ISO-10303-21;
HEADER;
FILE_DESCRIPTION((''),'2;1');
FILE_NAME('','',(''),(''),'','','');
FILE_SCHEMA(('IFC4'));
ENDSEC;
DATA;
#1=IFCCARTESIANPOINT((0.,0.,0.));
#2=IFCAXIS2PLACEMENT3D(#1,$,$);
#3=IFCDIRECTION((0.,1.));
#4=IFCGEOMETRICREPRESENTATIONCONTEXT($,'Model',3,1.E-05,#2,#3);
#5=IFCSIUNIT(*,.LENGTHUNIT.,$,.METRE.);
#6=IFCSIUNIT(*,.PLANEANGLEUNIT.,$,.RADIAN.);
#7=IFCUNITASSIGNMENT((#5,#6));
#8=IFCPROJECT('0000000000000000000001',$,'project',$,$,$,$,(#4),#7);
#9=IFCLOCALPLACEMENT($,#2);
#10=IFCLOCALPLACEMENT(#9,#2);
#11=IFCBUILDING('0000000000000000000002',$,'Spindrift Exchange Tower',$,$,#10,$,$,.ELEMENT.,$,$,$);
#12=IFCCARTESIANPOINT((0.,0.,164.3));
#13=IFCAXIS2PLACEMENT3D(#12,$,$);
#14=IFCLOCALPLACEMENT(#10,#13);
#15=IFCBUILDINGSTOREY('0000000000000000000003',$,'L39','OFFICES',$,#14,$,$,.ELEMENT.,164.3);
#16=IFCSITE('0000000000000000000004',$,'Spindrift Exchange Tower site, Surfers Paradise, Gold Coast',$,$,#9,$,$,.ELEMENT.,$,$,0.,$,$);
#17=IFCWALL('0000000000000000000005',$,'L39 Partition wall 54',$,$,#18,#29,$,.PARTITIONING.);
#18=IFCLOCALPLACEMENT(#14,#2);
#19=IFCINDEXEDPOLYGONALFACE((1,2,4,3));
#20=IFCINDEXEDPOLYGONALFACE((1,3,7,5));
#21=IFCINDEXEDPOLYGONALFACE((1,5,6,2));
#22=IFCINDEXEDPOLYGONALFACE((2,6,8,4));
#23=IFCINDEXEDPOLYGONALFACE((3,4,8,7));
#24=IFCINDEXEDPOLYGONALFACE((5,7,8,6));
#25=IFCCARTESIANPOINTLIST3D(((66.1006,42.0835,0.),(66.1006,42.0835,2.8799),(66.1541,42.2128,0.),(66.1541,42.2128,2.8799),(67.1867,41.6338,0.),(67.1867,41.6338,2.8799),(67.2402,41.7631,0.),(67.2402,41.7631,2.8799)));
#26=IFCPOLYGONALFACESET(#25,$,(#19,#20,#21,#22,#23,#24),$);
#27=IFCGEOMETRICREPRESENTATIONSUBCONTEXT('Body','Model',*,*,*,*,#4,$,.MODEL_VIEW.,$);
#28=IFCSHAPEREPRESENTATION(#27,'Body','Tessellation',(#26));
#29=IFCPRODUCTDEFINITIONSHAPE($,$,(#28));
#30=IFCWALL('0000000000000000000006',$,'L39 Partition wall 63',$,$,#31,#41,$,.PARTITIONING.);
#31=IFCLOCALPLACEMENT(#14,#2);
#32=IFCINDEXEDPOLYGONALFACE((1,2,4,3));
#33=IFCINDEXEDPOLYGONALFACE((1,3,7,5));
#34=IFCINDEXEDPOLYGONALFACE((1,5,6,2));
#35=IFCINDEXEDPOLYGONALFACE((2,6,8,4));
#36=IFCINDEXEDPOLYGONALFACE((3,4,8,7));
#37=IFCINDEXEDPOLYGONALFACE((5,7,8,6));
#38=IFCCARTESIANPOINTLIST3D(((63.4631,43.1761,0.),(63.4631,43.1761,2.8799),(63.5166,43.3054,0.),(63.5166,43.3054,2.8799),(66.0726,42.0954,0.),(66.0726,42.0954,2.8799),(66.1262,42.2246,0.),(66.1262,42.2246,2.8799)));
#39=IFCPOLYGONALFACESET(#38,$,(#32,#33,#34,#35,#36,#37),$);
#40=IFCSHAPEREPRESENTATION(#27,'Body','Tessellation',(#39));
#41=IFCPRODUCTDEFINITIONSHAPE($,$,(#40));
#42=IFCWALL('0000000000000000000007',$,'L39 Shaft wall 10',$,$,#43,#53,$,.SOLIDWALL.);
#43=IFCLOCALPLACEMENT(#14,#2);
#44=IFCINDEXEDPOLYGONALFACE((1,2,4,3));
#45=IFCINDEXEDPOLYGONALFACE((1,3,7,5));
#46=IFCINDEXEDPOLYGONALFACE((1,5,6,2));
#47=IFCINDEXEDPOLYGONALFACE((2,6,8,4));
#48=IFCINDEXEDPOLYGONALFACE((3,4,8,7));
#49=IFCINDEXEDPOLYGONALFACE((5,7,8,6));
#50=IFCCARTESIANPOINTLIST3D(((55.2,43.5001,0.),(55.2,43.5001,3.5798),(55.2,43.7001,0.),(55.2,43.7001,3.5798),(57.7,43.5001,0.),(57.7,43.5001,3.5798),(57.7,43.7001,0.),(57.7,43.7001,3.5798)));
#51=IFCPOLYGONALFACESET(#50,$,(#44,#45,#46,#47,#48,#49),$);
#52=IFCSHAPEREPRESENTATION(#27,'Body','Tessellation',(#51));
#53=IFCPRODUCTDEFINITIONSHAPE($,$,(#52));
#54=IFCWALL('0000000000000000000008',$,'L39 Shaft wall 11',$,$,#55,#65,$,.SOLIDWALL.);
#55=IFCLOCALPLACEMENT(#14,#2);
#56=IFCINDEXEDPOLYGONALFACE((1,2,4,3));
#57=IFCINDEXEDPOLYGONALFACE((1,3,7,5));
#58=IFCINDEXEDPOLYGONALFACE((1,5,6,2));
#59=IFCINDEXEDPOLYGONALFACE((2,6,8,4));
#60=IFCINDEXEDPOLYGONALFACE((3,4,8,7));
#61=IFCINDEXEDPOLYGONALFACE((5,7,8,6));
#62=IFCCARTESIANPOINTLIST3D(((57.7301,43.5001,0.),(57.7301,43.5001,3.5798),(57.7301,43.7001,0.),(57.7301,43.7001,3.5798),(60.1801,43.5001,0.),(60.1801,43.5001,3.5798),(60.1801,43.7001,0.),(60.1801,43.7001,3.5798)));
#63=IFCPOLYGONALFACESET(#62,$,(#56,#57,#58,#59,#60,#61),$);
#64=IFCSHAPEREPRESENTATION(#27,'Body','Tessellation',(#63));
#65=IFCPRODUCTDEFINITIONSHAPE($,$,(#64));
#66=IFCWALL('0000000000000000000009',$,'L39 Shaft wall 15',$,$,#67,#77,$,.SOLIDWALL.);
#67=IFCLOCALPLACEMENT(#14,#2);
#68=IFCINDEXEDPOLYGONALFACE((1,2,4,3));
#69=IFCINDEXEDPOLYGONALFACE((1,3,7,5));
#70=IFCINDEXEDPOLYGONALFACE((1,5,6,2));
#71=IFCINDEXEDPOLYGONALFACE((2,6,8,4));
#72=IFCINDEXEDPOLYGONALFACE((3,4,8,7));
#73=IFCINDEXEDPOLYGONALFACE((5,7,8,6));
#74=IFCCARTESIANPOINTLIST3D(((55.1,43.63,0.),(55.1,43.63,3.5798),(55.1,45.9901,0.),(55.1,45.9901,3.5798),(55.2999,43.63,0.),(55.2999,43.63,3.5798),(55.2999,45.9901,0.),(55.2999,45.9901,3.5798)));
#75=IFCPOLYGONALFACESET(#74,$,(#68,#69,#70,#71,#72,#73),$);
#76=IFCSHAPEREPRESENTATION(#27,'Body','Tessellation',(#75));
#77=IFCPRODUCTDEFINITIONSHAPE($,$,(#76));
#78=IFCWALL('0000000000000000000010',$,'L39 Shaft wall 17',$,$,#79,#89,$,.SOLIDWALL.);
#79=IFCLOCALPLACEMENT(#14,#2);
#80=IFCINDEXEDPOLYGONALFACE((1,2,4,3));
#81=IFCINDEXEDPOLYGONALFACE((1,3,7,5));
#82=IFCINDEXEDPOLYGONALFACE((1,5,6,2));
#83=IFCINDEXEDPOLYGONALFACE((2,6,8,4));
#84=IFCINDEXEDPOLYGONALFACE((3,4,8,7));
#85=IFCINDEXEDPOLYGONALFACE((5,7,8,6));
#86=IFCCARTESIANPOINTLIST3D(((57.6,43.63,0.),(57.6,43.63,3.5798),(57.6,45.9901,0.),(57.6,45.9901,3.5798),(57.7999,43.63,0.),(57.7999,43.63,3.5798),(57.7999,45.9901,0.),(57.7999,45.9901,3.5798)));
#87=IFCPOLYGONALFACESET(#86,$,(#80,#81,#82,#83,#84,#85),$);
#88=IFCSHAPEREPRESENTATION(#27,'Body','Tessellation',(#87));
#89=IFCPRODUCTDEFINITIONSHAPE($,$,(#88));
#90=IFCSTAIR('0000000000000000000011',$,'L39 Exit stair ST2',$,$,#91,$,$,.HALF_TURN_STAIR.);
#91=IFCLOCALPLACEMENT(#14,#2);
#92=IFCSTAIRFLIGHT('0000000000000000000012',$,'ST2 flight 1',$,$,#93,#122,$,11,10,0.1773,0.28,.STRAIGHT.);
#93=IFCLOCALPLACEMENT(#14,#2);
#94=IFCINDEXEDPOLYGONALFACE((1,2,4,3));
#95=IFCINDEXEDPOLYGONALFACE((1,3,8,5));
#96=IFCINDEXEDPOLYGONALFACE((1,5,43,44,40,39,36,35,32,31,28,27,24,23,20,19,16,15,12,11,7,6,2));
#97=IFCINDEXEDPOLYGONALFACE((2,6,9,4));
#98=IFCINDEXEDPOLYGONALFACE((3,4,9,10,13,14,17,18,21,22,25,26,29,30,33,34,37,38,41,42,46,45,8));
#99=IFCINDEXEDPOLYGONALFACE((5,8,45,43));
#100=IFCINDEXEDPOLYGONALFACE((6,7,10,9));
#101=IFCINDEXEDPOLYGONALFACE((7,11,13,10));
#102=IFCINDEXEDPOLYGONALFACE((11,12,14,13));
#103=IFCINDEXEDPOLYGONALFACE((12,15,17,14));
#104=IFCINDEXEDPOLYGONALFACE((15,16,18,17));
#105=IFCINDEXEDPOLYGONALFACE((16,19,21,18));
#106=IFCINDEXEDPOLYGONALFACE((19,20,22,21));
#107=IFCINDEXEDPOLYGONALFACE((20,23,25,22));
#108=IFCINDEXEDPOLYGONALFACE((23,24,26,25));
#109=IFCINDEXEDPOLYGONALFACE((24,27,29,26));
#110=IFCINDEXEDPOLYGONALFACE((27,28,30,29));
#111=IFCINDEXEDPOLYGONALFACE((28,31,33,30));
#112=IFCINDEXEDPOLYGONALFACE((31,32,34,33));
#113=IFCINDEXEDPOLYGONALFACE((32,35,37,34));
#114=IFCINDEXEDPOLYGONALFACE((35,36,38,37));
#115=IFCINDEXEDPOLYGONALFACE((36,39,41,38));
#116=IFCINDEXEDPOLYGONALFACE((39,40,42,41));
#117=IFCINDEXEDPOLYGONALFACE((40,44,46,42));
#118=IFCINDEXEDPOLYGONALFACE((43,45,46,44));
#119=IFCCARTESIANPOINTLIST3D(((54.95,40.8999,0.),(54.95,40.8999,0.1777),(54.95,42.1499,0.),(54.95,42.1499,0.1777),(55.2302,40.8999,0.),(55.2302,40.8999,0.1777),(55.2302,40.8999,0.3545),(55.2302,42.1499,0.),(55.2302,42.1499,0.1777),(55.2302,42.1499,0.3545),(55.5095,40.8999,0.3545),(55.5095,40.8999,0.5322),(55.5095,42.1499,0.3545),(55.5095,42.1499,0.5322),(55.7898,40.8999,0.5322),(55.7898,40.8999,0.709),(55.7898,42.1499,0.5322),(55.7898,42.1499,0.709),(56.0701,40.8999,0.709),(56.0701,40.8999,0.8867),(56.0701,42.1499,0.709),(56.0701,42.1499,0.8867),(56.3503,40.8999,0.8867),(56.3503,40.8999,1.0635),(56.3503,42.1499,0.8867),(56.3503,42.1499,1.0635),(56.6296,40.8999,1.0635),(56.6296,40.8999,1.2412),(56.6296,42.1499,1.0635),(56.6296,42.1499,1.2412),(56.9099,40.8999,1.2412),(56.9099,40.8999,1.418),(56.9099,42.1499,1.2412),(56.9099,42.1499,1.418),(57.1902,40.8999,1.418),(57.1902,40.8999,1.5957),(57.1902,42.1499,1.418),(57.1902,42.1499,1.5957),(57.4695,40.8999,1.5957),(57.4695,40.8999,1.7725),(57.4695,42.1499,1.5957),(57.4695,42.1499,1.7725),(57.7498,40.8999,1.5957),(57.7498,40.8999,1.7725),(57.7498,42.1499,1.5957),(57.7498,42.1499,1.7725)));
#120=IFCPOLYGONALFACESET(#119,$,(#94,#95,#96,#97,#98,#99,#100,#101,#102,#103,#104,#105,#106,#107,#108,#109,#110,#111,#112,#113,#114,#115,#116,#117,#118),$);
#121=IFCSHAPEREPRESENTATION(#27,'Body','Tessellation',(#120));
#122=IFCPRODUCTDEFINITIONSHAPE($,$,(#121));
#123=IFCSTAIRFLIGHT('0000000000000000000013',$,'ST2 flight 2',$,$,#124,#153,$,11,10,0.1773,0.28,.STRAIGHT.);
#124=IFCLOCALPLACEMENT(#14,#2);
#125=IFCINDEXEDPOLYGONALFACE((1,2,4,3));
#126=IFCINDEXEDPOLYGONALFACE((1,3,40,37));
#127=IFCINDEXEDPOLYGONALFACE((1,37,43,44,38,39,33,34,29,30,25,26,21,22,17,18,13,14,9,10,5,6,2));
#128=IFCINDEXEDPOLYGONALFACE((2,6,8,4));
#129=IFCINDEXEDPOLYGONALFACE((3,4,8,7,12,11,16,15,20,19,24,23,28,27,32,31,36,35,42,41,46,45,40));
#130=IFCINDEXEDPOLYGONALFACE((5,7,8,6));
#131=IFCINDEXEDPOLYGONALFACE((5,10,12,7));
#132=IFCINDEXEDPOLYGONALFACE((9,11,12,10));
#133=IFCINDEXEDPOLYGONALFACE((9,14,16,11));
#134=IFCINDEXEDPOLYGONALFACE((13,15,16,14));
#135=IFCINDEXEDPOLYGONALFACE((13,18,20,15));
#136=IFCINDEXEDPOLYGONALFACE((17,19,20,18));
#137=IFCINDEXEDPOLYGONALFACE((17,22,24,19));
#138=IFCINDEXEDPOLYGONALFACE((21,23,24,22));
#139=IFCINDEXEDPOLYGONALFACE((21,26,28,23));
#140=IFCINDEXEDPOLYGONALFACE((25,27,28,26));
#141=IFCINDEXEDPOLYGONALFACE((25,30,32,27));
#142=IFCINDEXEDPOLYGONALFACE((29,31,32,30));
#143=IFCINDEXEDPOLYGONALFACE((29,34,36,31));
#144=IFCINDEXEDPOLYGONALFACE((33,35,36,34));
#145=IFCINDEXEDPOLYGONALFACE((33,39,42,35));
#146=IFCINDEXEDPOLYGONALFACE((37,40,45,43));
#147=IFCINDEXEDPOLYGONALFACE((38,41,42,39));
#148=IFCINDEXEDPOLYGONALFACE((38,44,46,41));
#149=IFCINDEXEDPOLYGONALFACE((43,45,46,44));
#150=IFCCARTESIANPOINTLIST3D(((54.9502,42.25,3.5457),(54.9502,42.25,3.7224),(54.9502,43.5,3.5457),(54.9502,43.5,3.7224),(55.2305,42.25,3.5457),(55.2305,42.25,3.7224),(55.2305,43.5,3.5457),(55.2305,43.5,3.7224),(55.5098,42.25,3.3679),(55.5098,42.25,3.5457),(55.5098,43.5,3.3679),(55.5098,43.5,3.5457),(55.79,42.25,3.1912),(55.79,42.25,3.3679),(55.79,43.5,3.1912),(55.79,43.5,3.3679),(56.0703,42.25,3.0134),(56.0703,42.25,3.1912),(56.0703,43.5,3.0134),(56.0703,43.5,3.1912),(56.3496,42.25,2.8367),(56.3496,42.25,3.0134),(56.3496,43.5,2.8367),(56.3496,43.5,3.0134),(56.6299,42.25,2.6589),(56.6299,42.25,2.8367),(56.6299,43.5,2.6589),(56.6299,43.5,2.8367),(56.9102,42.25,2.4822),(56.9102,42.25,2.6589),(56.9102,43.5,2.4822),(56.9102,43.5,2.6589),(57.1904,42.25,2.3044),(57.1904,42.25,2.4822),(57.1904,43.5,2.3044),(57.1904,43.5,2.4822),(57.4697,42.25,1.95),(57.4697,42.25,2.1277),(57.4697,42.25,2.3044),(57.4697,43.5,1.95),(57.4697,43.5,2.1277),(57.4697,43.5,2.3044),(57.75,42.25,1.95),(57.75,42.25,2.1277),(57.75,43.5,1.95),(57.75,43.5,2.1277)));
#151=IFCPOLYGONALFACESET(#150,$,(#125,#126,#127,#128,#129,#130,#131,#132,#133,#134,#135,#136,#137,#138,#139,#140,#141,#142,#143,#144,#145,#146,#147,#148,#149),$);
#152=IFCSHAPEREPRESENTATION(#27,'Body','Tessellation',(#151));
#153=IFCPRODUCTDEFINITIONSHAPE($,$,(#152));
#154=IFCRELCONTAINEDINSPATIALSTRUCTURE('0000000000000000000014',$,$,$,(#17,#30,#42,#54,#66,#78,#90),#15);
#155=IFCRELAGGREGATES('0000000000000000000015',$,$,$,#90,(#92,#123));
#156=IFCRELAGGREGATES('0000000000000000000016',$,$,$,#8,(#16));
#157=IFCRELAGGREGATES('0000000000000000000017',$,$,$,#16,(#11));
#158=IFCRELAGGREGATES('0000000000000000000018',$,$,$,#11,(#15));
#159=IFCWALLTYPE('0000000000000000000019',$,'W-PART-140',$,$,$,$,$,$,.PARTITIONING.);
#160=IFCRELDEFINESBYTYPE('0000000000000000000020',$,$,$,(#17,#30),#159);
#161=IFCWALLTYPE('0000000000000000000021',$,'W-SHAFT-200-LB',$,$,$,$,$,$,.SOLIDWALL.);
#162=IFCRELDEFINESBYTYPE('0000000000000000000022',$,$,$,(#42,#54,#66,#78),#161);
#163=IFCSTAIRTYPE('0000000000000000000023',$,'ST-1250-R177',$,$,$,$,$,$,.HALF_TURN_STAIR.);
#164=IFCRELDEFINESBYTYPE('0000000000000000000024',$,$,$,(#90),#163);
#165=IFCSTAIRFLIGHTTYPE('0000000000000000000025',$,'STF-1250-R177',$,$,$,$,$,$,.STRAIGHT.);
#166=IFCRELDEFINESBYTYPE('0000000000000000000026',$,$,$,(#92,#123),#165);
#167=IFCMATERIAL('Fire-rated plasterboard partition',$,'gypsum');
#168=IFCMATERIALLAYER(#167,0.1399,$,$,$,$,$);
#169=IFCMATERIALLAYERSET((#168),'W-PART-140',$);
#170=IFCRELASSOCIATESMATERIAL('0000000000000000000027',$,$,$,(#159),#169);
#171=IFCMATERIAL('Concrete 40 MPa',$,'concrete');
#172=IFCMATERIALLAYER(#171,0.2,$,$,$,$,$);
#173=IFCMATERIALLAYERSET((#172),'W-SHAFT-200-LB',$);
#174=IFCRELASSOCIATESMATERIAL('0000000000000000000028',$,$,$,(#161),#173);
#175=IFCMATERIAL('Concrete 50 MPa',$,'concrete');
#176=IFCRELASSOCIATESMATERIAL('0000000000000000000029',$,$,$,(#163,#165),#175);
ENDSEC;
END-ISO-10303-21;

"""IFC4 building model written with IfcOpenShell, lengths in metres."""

from ifc_helpers import new_model, si_unit, direction, frame, frame_2d, origin, place, context, subcontext, project, spatial, line, indexed_curve, rectangle, outline, extrude, material, layer, layer_set, type_object, element, aggregate, save


model = new_model("IFC4")

# Units and contexts
model_context = context("Model", 3, precision=1e-05, world=origin(), true_north=direction((0.0, 1.0)))
body_context = subcontext(model_context, "Body", "Model", "MODEL_VIEW")
ifc_project = project(units=[si_unit("LENGTHUNIT", "METRE"), si_unit("PLANEANGLEUNIT", "RADIAN")], contexts=[model_context])

# Site, building, storey
site_placement = place(None, origin())
site = spatial("IfcSite", under=ifc_project, at=site_placement, Name="Spindrift Exchange Tower site, Surfers Paradise, Gold Coast", CompositionType="ELEMENT", RefElevation=0.0)
building_placement = place(site_placement, origin())
building = spatial("IfcBuilding", under=site, at=building_placement, Name="Spindrift Exchange Tower", CompositionType="ELEMENT")
storey_placement = place(building_placement, frame((0.0, 0.0, 164.3)))
storey = spatial("IfcBuildingStorey", under=building, at=storey_placement, Name="L39", Description="OFFICES", CompositionType="ELEMENT", Elevation=164.3)

# Walls
ifc_material_1 = material(Name="Fire-rated plasterboard partition", Category="gypsum")
ifc_layer_1 = layer(ifc_material_1, 0.1399)
ifc_layer_set_1 = layer_set([ifc_layer_1], Name="W-PART-140")
wall_type_1 = type_object("IfcWallType", Name="W-PART-140", PredefinedType="PARTITIONING", material=ifc_layer_set_1)
wall_1_placement = place(storey_placement, frame((66.1272, 42.1482, 0.0), z_axis=(0.0, 0.0, 1.0), x_axis=(0.923941, -0.382535, 0.0)))
element("IfcWall", 1, at=wall_1_placement, inside=storey, type_object=wall_type_1, Name="L39 Partition wall 54", PredefinedType="PARTITIONING", context=body_context, shape_type="SweptSolid", body=[
    extrude(rectangle(XDim=1.1755, YDim=0.1399, at=frame_2d((0.5879, 0.0))), origin(), (0.0, 0.0, 1.0), 2.8799),
])
wall_2_placement = place(storey_placement, frame((63.49, 43.2407, 0.0), z_axis=(0.0, 0.0, 1.0), x_axis=(0.923896, -0.382644, 0.0)))
element("IfcWall", 2, at=wall_2_placement, inside=storey, type_object=wall_type_1, Name="L39 Partition wall 63", PredefinedType="PARTITIONING", context=body_context, shape_type="SweptSolid", body=[
    extrude(rectangle(XDim=2.8245, YDim=0.1399, at=frame_2d((1.4121, 0.0))), origin(), (0.0, 0.0, 1.0), 2.8799),
])
ifc_material_2 = material(Name="Concrete 40 MPa", Category="concrete")
ifc_layer_2 = layer(ifc_material_2, 0.2)
ifc_layer_set_2 = layer_set([ifc_layer_2], Name="W-SHAFT-200-LB")
wall_type_2 = type_object("IfcWallType", Name="W-SHAFT-200-LB", PredefinedType="SOLIDWALL", material=ifc_layer_set_2)
wall_3_placement = place(storey_placement, frame((55.2, 43.6001, 0.0), z_axis=(0.0, 0.0, 1.0), x_axis=(1.0, 0.0, 0.0)))
element("IfcWall", 3, at=wall_3_placement, inside=storey, type_object=wall_type_2, Name="L39 Shaft wall 10", PredefinedType="SOLIDWALL", context=body_context, shape_type="SweptSolid", body=[
    extrude(rectangle(XDim=2.5, YDim=0.2, at=frame_2d((1.25, 0.0))), origin(), (0.0, 0.0, 1.0), 3.5798),
])
wall_4_placement = place(storey_placement, frame((57.73, 43.6001, 0.0), z_axis=(0.0, 0.0, 1.0), x_axis=(1.0, 0.0, 0.0)))
element("IfcWall", 4, at=wall_4_placement, inside=storey, type_object=wall_type_2, Name="L39 Shaft wall 11", PredefinedType="SOLIDWALL", context=body_context, shape_type="SweptSolid", body=[
    extrude(rectangle(XDim=2.45, YDim=0.2, at=frame_2d((1.2251, 0.0))), origin(), (0.0, 0.0, 1.0), 3.5798),
])
for number, where, z_axis, x_axis, name in (
    (5, (55.2, 43.6299, 0.0), (0.0, 0.0, 1.0), (0.0, 1.0, 0.0), "L39 Shaft wall 15"),
    (6, (57.7, 43.6299, 0.0), (0.0, 0.0, 1.0), (0.0, 1.0, 0.0), "L39 Shaft wall 17"),
):
    element("IfcWall", number, at=place(storey_placement, frame(where, z_axis=z_axis, x_axis=x_axis)), inside=storey, type_object=wall_type_2, Name=name, PredefinedType="SOLIDWALL", context=body_context, shape_type="SweptSolid", body=[
        extrude(rectangle(XDim=2.3601, YDim=0.2, at=frame_2d((1.1802, 0.0))), origin(), (0.0, 0.0, 1.0), 3.5798),
    ])

# Stair, stair flights
ifc_material_3 = material(Name="Concrete 50 MPa", Category="concrete")
stair_type = type_object("IfcStairType", Name="ST-1250-R177", PredefinedType="HALF_TURN_STAIR", material=ifc_material_3)
stair_placement = place(storey_placement, origin())
stair = element("IfcStair", 7, at=stair_placement, inside=storey, type_object=stair_type, Name="L39 Exit stair ST2", PredefinedType="HALF_TURN_STAIR")
stair_flight_type = type_object("IfcStairFlightType", Name="STF-1250-R177", PredefinedType="STRAIGHT", material=ifc_material_3)
stair_flight_1_placement = place(storey_placement, frame((54.95, 41.5249, 0.0), z_axis=(0.0, 0.0, 1.0), x_axis=(1.0, 0.0, 0.0)))
stair_flight_1 = element("IfcStairFlight", 8, at=stair_flight_1_placement, type_object=stair_flight_type, Name="ST2 flight 1", NumberOfRisers=11, NumberOfTreads=10, PredefinedType="STRAIGHT", RiserHeight=0.1773, TreadLength=0.28, context=body_context, shape_type="SweptSolid", body=[
    extrude(outline(indexed_curve([(0.0, 0.0), (0.0, 0.1777), (0.2803, 0.1777), (0.2803, 0.3545), (0.5596, 0.3545), (0.5596, 0.5322), (0.8398, 0.5322), (0.8398, 0.709), (1.1201, 0.709), (1.1201, 0.8867), (1.4004, 0.8867), (1.4004, 1.0635), (1.6797, 1.0635), (1.6797, 1.2412), (1.96, 1.2412), (1.96, 1.418), (2.2402, 1.418), (2.2402, 1.5957), (2.5195, 1.5957), (2.5195, 1.7725), (2.7998, 1.7725), (2.7998, 1.9502), (2.7998, 1.5957), (0.2803, 0.0)], segments=[line(1, 2, 3, 4, 5, 6, 7, 8, 9, 10, 11, 12, 13, 14, 15, 16, 17, 18, 19, 20, 21, 22, 23, 24, 1)], self_intersect=False)), frame((0.0, 0.625, 0.0), z_axis=(0.0, -1.0, 0.0), x_axis=(1.0, 0.0, 0.0)), (0.0, 0.0, 1.0), 1.25),
])
stair_flight_2_placement = place(storey_placement, frame((57.75, 42.875, 1.95), z_axis=(0.0, 0.0, 1.0), x_axis=(-1.0, 0.0, 0.0)))
stair_flight_2 = element("IfcStairFlight", 9, at=stair_flight_2_placement, type_object=stair_flight_type, Name="ST2 flight 2", NumberOfRisers=11, NumberOfTreads=10, PredefinedType="STRAIGHT", RiserHeight=0.1773, TreadLength=0.28, context=body_context, shape_type="SweptSolid", body=[
    extrude(outline(indexed_curve([(0.0, 0.0), (0.0, 0.1777), (0.2803, 0.1777), (0.2803, 0.3545), (0.5596, 0.3545), (0.5596, 0.5322), (0.8398, 0.5322), (0.8398, 0.709), (1.1201, 0.709), (1.1201, 0.8867), (1.4004, 0.8867), (1.4004, 1.0635), (1.6797, 1.0635), (1.6797, 1.2412), (1.96, 1.2412), (1.96, 1.418), (2.2402, 1.418), (2.2402, 1.5957), (2.5195, 1.5957), (2.5195, 1.7725), (2.7998, 1.7725), (2.7998, 1.9502), (2.7998, 1.5957), (0.2803, 0.0)], segments=[line(1, 2, 3, 4, 5, 6, 7, 8, 9, 10, 11, 12, 13, 14, 15, 16, 17, 18, 19, 20, 21, 22, 23, 24, 1)], self_intersect=False)), frame((0.0, 0.625, 0.0), z_axis=(0.0, -1.0, 0.0), x_axis=(1.0, 0.0, 0.0)), (0.0, 0.0, 1.0), 1.25),
])
aggregate(stair, [stair_flight_1, stair_flight_2])

save(model, "model.ifc")
